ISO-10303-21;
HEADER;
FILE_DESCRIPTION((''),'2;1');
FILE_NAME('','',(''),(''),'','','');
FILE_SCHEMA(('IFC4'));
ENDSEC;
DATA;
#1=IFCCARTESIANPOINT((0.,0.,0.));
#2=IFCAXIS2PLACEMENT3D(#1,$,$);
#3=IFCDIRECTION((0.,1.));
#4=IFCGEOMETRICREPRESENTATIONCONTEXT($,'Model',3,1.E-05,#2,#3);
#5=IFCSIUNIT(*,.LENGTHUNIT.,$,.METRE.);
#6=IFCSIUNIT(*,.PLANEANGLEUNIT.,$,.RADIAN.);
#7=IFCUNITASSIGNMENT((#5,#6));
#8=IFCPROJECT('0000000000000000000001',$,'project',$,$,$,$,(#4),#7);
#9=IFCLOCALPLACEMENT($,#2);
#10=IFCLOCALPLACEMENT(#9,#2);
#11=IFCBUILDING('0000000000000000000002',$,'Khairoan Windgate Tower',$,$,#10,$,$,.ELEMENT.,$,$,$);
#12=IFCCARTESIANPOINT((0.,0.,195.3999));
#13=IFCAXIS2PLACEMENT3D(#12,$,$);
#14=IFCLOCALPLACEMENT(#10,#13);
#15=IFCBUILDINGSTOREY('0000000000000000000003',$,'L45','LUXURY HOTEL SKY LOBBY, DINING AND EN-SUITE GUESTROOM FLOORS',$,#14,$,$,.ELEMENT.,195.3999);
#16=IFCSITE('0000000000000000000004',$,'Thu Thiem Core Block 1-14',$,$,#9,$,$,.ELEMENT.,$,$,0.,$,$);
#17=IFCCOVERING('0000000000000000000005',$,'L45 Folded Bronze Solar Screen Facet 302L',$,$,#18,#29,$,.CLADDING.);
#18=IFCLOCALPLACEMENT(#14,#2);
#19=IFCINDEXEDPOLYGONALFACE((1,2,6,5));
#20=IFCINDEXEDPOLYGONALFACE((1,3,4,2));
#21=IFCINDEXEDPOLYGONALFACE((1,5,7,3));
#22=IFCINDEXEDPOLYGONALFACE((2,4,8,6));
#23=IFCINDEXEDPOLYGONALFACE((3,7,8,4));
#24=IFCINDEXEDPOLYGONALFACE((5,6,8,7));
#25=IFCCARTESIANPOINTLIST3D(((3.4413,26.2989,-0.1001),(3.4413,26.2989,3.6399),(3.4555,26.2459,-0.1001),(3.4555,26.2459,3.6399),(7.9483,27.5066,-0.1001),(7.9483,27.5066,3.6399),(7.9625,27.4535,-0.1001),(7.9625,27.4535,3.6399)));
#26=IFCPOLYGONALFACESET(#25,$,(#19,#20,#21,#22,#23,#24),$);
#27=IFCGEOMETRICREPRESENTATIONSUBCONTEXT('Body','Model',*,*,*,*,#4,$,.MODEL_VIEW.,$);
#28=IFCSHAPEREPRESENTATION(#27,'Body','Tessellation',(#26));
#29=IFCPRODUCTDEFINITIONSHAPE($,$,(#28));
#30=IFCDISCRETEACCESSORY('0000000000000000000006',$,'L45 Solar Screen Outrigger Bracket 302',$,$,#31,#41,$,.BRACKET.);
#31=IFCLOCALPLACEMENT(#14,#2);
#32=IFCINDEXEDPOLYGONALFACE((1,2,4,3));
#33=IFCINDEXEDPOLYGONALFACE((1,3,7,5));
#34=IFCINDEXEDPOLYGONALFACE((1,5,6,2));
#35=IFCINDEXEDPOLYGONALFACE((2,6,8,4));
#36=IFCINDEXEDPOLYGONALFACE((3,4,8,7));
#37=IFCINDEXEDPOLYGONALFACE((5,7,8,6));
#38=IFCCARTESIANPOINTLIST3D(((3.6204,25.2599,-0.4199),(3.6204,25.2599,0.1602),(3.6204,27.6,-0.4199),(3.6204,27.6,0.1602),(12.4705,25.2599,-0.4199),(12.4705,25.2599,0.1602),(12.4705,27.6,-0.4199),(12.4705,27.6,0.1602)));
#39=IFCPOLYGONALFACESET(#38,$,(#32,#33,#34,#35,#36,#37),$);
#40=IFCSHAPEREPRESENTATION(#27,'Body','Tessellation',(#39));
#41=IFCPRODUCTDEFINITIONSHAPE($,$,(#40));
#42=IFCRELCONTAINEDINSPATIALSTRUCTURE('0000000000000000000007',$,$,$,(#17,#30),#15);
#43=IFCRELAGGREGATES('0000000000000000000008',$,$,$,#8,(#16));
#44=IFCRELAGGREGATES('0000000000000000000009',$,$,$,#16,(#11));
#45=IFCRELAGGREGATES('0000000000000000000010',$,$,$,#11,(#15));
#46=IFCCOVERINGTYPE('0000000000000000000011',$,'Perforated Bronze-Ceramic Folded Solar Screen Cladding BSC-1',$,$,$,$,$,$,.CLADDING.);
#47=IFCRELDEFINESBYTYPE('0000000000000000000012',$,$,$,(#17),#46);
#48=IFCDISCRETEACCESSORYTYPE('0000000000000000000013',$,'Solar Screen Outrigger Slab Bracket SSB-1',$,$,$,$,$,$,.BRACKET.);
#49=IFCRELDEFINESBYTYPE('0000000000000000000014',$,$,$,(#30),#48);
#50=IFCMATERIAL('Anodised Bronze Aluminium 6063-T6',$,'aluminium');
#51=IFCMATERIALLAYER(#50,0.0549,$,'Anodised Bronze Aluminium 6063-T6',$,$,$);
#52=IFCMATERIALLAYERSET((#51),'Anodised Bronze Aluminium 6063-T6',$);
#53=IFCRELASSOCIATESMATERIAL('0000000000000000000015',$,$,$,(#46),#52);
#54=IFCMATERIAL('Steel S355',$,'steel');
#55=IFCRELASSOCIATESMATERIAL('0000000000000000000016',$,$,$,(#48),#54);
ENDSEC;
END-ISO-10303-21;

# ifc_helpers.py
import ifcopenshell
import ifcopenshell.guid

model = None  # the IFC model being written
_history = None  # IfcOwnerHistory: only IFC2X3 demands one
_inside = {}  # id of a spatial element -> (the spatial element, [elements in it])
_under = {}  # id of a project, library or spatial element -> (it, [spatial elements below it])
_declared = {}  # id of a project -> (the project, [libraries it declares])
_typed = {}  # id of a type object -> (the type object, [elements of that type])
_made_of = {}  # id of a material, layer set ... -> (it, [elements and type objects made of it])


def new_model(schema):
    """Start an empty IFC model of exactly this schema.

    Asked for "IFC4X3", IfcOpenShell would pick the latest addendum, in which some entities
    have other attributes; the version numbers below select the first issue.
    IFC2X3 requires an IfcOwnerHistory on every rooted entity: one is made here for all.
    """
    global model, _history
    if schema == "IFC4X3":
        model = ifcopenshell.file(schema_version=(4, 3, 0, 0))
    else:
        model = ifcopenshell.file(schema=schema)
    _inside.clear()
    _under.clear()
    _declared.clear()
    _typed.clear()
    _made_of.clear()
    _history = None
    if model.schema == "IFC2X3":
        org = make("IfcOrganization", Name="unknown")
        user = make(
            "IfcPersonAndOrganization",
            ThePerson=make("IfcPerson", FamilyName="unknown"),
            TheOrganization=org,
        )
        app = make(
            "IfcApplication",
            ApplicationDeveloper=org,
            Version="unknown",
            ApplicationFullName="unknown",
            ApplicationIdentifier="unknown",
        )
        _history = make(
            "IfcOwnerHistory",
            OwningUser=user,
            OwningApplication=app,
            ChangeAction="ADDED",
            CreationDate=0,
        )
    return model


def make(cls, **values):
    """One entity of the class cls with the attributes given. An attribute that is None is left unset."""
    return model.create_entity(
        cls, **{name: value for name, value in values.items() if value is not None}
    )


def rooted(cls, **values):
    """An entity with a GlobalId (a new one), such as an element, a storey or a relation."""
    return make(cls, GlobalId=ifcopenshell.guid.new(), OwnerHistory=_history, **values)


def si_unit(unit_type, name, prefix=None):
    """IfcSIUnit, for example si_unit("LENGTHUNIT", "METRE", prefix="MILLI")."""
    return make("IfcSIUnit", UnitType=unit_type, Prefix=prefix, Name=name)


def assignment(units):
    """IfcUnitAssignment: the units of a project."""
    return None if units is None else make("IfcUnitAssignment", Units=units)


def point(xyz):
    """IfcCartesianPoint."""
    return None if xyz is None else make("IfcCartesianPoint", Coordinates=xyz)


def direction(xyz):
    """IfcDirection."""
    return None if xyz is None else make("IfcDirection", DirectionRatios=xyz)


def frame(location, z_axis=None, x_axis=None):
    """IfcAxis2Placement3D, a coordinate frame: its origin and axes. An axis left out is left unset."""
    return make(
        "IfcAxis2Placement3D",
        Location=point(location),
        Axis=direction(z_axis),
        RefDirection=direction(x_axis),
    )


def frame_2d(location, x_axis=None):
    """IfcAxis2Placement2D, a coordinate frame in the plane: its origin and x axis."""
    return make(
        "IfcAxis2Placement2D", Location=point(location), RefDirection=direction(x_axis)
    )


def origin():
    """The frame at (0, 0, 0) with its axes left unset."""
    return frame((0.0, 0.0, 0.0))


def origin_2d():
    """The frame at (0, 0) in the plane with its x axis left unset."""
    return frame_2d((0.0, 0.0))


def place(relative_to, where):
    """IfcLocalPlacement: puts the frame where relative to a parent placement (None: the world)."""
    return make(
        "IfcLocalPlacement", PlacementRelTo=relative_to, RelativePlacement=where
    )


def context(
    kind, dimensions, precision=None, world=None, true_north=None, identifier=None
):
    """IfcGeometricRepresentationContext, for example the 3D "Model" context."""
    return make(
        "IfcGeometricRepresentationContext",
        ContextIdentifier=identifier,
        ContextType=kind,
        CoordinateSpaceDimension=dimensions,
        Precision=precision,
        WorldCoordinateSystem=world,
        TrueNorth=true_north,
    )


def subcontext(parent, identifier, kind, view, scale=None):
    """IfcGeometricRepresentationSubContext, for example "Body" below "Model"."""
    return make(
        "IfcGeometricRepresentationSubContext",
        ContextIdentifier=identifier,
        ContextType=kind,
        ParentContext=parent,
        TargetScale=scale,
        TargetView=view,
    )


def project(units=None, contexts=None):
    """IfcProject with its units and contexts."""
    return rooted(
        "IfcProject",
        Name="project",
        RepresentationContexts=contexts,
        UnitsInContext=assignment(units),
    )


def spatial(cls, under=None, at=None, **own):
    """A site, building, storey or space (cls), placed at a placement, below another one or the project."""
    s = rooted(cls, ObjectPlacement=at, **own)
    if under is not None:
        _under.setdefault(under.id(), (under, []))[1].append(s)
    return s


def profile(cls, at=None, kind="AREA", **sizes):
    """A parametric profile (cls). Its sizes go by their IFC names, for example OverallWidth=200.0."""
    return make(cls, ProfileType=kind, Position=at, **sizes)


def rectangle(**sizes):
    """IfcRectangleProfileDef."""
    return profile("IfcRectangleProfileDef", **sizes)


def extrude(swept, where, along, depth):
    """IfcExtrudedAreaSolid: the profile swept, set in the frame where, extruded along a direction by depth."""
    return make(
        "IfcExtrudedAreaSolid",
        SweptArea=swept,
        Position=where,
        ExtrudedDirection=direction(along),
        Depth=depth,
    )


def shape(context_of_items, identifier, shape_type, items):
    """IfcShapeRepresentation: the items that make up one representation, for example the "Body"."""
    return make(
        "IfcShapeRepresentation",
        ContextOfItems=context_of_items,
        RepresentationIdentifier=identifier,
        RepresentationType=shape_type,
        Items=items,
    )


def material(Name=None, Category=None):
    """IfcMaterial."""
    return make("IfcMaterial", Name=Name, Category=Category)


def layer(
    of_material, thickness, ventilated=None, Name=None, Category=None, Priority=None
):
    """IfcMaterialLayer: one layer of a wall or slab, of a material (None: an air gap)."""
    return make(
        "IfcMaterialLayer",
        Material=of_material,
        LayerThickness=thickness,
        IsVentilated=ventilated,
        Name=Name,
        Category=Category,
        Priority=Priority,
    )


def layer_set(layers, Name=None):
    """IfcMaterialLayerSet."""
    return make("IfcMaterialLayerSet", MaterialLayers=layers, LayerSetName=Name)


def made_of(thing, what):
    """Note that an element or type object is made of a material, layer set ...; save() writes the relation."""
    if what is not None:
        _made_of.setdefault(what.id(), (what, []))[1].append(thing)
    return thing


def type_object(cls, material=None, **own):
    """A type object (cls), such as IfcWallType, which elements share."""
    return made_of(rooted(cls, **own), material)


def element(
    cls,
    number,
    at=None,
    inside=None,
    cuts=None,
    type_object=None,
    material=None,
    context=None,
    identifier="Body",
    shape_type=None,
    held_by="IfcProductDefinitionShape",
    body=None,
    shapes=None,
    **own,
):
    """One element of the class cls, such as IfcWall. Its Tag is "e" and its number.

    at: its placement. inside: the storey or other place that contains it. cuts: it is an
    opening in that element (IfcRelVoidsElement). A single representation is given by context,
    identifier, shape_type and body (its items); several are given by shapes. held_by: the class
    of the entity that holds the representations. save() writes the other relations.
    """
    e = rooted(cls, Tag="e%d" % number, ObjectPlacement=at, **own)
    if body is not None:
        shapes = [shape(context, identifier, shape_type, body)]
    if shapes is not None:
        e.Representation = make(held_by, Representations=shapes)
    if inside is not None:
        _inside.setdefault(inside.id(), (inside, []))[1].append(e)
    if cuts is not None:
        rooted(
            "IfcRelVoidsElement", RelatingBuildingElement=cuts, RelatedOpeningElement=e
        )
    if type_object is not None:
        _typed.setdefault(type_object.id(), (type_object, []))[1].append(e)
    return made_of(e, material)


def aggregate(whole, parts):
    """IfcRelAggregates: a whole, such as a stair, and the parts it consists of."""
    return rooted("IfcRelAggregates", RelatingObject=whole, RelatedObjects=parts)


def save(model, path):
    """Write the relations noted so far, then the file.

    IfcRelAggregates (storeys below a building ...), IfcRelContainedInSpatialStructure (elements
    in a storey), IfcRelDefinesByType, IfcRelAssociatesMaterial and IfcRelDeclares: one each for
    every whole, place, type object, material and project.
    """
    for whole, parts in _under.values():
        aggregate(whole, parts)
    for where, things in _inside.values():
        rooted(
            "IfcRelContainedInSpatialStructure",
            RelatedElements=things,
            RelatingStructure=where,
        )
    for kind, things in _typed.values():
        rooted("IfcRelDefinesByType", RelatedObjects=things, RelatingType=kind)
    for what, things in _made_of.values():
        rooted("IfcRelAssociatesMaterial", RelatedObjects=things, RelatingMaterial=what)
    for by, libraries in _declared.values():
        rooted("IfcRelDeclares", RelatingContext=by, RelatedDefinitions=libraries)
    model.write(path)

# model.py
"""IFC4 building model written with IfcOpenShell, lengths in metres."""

from ifc_helpers import new_model, si_unit, direction, frame, origin, origin_2d, place, context, subcontext, project, spatial, rectangle, extrude, material, layer, layer_set, type_object, element, save


model = new_model("IFC4")

# Units and contexts
model_context = context("Model", 3, precision=1e-05, world=origin(), true_north=direction((0.0, 1.0)))
body_context = subcontext(model_context, "Body", "Model", "MODEL_VIEW")
ifc_project = project(units=[si_unit("LENGTHUNIT", "METRE"), si_unit("PLANEANGLEUNIT", "RADIAN")], contexts=[model_context])

# Site, building, storey
site_placement = place(None, origin())
site = spatial("IfcSite", under=ifc_project, at=site_placement, Name="Thu Thiem Core Block 1-14", CompositionType="ELEMENT", RefElevation=0.0)
building_placement = place(site_placement, origin())
building = spatial("IfcBuilding", under=site, at=building_placement, Name="Khairoan Windgate Tower", CompositionType="ELEMENT")
storey_placement = place(building_placement, frame((0.0, 0.0, 195.3999)))
storey = spatial("IfcBuildingStorey", under=building, at=storey_placement, Name="L45", Description="LUXURY HOTEL SKY LOBBY, DINING AND EN-SUITE GUESTROOM FLOORS", CompositionType="ELEMENT", Elevation=195.3999)

# Covering
ifc_material_1 = material(Name="Anodised Bronze Aluminium 6063-T6", Category="aluminium")
ifc_layer_1 = layer(ifc_material_1, 0.0549, Name="Anodised Bronze Aluminium 6063-T6")
ifc_layer_set_1 = layer_set([ifc_layer_1], Name="Anodised Bronze Aluminium 6063-T6")
covering_type = type_object("IfcCoveringType", Name="Perforated Bronze-Ceramic Folded Solar Screen Cladding BSC-1", PredefinedType="CLADDING", material=ifc_layer_set_1)
covering_placement = place(storey_placement, frame((5.7019, 26.8762, -0.1001), z_axis=(0.0, 0.0, 1.0), x_axis=(0.965926, 0.258819, 0.0)))
element("IfcCovering", 1, at=covering_placement, inside=storey, type_object=covering_type, Name="L45 Folded Bronze Solar Screen Facet 302L", PredefinedType="CLADDING", context=body_context, shape_type="SweptSolid", body=[
    extrude(rectangle(XDim=4.666, YDim=0.0549, at=origin_2d()), origin(), (0.0, 0.0, 1.0), 3.74),
])

# Discrete accessory
ifc_material_2 = material(Name="Steel S355", Category="steel")
discrete_accessory_type = type_object("IfcDiscreteAccessoryType", Name="Solar Screen Outrigger Slab Bracket SSB-1", PredefinedType="BRACKET", material=ifc_material_2)
discrete_accessory_placement = place(storey_placement, frame((8.0454, 26.4299, -0.4199), z_axis=(0.0, 0.0, 1.0), x_axis=(1.0, 0.0, 0.0)))
element("IfcDiscreteAccessory", 2, at=discrete_accessory_placement, inside=storey, type_object=discrete_accessory_type, Name="L45 Solar Screen Outrigger Bracket 302", PredefinedType="BRACKET", context=body_context, shape_type="SweptSolid", body=[
    extrude(rectangle(XDim=8.8501, YDim=2.3401, at=origin_2d()), origin(), (0.0, 0.0, 1.0), 0.5801),
])

save(model, "model.ifc")
